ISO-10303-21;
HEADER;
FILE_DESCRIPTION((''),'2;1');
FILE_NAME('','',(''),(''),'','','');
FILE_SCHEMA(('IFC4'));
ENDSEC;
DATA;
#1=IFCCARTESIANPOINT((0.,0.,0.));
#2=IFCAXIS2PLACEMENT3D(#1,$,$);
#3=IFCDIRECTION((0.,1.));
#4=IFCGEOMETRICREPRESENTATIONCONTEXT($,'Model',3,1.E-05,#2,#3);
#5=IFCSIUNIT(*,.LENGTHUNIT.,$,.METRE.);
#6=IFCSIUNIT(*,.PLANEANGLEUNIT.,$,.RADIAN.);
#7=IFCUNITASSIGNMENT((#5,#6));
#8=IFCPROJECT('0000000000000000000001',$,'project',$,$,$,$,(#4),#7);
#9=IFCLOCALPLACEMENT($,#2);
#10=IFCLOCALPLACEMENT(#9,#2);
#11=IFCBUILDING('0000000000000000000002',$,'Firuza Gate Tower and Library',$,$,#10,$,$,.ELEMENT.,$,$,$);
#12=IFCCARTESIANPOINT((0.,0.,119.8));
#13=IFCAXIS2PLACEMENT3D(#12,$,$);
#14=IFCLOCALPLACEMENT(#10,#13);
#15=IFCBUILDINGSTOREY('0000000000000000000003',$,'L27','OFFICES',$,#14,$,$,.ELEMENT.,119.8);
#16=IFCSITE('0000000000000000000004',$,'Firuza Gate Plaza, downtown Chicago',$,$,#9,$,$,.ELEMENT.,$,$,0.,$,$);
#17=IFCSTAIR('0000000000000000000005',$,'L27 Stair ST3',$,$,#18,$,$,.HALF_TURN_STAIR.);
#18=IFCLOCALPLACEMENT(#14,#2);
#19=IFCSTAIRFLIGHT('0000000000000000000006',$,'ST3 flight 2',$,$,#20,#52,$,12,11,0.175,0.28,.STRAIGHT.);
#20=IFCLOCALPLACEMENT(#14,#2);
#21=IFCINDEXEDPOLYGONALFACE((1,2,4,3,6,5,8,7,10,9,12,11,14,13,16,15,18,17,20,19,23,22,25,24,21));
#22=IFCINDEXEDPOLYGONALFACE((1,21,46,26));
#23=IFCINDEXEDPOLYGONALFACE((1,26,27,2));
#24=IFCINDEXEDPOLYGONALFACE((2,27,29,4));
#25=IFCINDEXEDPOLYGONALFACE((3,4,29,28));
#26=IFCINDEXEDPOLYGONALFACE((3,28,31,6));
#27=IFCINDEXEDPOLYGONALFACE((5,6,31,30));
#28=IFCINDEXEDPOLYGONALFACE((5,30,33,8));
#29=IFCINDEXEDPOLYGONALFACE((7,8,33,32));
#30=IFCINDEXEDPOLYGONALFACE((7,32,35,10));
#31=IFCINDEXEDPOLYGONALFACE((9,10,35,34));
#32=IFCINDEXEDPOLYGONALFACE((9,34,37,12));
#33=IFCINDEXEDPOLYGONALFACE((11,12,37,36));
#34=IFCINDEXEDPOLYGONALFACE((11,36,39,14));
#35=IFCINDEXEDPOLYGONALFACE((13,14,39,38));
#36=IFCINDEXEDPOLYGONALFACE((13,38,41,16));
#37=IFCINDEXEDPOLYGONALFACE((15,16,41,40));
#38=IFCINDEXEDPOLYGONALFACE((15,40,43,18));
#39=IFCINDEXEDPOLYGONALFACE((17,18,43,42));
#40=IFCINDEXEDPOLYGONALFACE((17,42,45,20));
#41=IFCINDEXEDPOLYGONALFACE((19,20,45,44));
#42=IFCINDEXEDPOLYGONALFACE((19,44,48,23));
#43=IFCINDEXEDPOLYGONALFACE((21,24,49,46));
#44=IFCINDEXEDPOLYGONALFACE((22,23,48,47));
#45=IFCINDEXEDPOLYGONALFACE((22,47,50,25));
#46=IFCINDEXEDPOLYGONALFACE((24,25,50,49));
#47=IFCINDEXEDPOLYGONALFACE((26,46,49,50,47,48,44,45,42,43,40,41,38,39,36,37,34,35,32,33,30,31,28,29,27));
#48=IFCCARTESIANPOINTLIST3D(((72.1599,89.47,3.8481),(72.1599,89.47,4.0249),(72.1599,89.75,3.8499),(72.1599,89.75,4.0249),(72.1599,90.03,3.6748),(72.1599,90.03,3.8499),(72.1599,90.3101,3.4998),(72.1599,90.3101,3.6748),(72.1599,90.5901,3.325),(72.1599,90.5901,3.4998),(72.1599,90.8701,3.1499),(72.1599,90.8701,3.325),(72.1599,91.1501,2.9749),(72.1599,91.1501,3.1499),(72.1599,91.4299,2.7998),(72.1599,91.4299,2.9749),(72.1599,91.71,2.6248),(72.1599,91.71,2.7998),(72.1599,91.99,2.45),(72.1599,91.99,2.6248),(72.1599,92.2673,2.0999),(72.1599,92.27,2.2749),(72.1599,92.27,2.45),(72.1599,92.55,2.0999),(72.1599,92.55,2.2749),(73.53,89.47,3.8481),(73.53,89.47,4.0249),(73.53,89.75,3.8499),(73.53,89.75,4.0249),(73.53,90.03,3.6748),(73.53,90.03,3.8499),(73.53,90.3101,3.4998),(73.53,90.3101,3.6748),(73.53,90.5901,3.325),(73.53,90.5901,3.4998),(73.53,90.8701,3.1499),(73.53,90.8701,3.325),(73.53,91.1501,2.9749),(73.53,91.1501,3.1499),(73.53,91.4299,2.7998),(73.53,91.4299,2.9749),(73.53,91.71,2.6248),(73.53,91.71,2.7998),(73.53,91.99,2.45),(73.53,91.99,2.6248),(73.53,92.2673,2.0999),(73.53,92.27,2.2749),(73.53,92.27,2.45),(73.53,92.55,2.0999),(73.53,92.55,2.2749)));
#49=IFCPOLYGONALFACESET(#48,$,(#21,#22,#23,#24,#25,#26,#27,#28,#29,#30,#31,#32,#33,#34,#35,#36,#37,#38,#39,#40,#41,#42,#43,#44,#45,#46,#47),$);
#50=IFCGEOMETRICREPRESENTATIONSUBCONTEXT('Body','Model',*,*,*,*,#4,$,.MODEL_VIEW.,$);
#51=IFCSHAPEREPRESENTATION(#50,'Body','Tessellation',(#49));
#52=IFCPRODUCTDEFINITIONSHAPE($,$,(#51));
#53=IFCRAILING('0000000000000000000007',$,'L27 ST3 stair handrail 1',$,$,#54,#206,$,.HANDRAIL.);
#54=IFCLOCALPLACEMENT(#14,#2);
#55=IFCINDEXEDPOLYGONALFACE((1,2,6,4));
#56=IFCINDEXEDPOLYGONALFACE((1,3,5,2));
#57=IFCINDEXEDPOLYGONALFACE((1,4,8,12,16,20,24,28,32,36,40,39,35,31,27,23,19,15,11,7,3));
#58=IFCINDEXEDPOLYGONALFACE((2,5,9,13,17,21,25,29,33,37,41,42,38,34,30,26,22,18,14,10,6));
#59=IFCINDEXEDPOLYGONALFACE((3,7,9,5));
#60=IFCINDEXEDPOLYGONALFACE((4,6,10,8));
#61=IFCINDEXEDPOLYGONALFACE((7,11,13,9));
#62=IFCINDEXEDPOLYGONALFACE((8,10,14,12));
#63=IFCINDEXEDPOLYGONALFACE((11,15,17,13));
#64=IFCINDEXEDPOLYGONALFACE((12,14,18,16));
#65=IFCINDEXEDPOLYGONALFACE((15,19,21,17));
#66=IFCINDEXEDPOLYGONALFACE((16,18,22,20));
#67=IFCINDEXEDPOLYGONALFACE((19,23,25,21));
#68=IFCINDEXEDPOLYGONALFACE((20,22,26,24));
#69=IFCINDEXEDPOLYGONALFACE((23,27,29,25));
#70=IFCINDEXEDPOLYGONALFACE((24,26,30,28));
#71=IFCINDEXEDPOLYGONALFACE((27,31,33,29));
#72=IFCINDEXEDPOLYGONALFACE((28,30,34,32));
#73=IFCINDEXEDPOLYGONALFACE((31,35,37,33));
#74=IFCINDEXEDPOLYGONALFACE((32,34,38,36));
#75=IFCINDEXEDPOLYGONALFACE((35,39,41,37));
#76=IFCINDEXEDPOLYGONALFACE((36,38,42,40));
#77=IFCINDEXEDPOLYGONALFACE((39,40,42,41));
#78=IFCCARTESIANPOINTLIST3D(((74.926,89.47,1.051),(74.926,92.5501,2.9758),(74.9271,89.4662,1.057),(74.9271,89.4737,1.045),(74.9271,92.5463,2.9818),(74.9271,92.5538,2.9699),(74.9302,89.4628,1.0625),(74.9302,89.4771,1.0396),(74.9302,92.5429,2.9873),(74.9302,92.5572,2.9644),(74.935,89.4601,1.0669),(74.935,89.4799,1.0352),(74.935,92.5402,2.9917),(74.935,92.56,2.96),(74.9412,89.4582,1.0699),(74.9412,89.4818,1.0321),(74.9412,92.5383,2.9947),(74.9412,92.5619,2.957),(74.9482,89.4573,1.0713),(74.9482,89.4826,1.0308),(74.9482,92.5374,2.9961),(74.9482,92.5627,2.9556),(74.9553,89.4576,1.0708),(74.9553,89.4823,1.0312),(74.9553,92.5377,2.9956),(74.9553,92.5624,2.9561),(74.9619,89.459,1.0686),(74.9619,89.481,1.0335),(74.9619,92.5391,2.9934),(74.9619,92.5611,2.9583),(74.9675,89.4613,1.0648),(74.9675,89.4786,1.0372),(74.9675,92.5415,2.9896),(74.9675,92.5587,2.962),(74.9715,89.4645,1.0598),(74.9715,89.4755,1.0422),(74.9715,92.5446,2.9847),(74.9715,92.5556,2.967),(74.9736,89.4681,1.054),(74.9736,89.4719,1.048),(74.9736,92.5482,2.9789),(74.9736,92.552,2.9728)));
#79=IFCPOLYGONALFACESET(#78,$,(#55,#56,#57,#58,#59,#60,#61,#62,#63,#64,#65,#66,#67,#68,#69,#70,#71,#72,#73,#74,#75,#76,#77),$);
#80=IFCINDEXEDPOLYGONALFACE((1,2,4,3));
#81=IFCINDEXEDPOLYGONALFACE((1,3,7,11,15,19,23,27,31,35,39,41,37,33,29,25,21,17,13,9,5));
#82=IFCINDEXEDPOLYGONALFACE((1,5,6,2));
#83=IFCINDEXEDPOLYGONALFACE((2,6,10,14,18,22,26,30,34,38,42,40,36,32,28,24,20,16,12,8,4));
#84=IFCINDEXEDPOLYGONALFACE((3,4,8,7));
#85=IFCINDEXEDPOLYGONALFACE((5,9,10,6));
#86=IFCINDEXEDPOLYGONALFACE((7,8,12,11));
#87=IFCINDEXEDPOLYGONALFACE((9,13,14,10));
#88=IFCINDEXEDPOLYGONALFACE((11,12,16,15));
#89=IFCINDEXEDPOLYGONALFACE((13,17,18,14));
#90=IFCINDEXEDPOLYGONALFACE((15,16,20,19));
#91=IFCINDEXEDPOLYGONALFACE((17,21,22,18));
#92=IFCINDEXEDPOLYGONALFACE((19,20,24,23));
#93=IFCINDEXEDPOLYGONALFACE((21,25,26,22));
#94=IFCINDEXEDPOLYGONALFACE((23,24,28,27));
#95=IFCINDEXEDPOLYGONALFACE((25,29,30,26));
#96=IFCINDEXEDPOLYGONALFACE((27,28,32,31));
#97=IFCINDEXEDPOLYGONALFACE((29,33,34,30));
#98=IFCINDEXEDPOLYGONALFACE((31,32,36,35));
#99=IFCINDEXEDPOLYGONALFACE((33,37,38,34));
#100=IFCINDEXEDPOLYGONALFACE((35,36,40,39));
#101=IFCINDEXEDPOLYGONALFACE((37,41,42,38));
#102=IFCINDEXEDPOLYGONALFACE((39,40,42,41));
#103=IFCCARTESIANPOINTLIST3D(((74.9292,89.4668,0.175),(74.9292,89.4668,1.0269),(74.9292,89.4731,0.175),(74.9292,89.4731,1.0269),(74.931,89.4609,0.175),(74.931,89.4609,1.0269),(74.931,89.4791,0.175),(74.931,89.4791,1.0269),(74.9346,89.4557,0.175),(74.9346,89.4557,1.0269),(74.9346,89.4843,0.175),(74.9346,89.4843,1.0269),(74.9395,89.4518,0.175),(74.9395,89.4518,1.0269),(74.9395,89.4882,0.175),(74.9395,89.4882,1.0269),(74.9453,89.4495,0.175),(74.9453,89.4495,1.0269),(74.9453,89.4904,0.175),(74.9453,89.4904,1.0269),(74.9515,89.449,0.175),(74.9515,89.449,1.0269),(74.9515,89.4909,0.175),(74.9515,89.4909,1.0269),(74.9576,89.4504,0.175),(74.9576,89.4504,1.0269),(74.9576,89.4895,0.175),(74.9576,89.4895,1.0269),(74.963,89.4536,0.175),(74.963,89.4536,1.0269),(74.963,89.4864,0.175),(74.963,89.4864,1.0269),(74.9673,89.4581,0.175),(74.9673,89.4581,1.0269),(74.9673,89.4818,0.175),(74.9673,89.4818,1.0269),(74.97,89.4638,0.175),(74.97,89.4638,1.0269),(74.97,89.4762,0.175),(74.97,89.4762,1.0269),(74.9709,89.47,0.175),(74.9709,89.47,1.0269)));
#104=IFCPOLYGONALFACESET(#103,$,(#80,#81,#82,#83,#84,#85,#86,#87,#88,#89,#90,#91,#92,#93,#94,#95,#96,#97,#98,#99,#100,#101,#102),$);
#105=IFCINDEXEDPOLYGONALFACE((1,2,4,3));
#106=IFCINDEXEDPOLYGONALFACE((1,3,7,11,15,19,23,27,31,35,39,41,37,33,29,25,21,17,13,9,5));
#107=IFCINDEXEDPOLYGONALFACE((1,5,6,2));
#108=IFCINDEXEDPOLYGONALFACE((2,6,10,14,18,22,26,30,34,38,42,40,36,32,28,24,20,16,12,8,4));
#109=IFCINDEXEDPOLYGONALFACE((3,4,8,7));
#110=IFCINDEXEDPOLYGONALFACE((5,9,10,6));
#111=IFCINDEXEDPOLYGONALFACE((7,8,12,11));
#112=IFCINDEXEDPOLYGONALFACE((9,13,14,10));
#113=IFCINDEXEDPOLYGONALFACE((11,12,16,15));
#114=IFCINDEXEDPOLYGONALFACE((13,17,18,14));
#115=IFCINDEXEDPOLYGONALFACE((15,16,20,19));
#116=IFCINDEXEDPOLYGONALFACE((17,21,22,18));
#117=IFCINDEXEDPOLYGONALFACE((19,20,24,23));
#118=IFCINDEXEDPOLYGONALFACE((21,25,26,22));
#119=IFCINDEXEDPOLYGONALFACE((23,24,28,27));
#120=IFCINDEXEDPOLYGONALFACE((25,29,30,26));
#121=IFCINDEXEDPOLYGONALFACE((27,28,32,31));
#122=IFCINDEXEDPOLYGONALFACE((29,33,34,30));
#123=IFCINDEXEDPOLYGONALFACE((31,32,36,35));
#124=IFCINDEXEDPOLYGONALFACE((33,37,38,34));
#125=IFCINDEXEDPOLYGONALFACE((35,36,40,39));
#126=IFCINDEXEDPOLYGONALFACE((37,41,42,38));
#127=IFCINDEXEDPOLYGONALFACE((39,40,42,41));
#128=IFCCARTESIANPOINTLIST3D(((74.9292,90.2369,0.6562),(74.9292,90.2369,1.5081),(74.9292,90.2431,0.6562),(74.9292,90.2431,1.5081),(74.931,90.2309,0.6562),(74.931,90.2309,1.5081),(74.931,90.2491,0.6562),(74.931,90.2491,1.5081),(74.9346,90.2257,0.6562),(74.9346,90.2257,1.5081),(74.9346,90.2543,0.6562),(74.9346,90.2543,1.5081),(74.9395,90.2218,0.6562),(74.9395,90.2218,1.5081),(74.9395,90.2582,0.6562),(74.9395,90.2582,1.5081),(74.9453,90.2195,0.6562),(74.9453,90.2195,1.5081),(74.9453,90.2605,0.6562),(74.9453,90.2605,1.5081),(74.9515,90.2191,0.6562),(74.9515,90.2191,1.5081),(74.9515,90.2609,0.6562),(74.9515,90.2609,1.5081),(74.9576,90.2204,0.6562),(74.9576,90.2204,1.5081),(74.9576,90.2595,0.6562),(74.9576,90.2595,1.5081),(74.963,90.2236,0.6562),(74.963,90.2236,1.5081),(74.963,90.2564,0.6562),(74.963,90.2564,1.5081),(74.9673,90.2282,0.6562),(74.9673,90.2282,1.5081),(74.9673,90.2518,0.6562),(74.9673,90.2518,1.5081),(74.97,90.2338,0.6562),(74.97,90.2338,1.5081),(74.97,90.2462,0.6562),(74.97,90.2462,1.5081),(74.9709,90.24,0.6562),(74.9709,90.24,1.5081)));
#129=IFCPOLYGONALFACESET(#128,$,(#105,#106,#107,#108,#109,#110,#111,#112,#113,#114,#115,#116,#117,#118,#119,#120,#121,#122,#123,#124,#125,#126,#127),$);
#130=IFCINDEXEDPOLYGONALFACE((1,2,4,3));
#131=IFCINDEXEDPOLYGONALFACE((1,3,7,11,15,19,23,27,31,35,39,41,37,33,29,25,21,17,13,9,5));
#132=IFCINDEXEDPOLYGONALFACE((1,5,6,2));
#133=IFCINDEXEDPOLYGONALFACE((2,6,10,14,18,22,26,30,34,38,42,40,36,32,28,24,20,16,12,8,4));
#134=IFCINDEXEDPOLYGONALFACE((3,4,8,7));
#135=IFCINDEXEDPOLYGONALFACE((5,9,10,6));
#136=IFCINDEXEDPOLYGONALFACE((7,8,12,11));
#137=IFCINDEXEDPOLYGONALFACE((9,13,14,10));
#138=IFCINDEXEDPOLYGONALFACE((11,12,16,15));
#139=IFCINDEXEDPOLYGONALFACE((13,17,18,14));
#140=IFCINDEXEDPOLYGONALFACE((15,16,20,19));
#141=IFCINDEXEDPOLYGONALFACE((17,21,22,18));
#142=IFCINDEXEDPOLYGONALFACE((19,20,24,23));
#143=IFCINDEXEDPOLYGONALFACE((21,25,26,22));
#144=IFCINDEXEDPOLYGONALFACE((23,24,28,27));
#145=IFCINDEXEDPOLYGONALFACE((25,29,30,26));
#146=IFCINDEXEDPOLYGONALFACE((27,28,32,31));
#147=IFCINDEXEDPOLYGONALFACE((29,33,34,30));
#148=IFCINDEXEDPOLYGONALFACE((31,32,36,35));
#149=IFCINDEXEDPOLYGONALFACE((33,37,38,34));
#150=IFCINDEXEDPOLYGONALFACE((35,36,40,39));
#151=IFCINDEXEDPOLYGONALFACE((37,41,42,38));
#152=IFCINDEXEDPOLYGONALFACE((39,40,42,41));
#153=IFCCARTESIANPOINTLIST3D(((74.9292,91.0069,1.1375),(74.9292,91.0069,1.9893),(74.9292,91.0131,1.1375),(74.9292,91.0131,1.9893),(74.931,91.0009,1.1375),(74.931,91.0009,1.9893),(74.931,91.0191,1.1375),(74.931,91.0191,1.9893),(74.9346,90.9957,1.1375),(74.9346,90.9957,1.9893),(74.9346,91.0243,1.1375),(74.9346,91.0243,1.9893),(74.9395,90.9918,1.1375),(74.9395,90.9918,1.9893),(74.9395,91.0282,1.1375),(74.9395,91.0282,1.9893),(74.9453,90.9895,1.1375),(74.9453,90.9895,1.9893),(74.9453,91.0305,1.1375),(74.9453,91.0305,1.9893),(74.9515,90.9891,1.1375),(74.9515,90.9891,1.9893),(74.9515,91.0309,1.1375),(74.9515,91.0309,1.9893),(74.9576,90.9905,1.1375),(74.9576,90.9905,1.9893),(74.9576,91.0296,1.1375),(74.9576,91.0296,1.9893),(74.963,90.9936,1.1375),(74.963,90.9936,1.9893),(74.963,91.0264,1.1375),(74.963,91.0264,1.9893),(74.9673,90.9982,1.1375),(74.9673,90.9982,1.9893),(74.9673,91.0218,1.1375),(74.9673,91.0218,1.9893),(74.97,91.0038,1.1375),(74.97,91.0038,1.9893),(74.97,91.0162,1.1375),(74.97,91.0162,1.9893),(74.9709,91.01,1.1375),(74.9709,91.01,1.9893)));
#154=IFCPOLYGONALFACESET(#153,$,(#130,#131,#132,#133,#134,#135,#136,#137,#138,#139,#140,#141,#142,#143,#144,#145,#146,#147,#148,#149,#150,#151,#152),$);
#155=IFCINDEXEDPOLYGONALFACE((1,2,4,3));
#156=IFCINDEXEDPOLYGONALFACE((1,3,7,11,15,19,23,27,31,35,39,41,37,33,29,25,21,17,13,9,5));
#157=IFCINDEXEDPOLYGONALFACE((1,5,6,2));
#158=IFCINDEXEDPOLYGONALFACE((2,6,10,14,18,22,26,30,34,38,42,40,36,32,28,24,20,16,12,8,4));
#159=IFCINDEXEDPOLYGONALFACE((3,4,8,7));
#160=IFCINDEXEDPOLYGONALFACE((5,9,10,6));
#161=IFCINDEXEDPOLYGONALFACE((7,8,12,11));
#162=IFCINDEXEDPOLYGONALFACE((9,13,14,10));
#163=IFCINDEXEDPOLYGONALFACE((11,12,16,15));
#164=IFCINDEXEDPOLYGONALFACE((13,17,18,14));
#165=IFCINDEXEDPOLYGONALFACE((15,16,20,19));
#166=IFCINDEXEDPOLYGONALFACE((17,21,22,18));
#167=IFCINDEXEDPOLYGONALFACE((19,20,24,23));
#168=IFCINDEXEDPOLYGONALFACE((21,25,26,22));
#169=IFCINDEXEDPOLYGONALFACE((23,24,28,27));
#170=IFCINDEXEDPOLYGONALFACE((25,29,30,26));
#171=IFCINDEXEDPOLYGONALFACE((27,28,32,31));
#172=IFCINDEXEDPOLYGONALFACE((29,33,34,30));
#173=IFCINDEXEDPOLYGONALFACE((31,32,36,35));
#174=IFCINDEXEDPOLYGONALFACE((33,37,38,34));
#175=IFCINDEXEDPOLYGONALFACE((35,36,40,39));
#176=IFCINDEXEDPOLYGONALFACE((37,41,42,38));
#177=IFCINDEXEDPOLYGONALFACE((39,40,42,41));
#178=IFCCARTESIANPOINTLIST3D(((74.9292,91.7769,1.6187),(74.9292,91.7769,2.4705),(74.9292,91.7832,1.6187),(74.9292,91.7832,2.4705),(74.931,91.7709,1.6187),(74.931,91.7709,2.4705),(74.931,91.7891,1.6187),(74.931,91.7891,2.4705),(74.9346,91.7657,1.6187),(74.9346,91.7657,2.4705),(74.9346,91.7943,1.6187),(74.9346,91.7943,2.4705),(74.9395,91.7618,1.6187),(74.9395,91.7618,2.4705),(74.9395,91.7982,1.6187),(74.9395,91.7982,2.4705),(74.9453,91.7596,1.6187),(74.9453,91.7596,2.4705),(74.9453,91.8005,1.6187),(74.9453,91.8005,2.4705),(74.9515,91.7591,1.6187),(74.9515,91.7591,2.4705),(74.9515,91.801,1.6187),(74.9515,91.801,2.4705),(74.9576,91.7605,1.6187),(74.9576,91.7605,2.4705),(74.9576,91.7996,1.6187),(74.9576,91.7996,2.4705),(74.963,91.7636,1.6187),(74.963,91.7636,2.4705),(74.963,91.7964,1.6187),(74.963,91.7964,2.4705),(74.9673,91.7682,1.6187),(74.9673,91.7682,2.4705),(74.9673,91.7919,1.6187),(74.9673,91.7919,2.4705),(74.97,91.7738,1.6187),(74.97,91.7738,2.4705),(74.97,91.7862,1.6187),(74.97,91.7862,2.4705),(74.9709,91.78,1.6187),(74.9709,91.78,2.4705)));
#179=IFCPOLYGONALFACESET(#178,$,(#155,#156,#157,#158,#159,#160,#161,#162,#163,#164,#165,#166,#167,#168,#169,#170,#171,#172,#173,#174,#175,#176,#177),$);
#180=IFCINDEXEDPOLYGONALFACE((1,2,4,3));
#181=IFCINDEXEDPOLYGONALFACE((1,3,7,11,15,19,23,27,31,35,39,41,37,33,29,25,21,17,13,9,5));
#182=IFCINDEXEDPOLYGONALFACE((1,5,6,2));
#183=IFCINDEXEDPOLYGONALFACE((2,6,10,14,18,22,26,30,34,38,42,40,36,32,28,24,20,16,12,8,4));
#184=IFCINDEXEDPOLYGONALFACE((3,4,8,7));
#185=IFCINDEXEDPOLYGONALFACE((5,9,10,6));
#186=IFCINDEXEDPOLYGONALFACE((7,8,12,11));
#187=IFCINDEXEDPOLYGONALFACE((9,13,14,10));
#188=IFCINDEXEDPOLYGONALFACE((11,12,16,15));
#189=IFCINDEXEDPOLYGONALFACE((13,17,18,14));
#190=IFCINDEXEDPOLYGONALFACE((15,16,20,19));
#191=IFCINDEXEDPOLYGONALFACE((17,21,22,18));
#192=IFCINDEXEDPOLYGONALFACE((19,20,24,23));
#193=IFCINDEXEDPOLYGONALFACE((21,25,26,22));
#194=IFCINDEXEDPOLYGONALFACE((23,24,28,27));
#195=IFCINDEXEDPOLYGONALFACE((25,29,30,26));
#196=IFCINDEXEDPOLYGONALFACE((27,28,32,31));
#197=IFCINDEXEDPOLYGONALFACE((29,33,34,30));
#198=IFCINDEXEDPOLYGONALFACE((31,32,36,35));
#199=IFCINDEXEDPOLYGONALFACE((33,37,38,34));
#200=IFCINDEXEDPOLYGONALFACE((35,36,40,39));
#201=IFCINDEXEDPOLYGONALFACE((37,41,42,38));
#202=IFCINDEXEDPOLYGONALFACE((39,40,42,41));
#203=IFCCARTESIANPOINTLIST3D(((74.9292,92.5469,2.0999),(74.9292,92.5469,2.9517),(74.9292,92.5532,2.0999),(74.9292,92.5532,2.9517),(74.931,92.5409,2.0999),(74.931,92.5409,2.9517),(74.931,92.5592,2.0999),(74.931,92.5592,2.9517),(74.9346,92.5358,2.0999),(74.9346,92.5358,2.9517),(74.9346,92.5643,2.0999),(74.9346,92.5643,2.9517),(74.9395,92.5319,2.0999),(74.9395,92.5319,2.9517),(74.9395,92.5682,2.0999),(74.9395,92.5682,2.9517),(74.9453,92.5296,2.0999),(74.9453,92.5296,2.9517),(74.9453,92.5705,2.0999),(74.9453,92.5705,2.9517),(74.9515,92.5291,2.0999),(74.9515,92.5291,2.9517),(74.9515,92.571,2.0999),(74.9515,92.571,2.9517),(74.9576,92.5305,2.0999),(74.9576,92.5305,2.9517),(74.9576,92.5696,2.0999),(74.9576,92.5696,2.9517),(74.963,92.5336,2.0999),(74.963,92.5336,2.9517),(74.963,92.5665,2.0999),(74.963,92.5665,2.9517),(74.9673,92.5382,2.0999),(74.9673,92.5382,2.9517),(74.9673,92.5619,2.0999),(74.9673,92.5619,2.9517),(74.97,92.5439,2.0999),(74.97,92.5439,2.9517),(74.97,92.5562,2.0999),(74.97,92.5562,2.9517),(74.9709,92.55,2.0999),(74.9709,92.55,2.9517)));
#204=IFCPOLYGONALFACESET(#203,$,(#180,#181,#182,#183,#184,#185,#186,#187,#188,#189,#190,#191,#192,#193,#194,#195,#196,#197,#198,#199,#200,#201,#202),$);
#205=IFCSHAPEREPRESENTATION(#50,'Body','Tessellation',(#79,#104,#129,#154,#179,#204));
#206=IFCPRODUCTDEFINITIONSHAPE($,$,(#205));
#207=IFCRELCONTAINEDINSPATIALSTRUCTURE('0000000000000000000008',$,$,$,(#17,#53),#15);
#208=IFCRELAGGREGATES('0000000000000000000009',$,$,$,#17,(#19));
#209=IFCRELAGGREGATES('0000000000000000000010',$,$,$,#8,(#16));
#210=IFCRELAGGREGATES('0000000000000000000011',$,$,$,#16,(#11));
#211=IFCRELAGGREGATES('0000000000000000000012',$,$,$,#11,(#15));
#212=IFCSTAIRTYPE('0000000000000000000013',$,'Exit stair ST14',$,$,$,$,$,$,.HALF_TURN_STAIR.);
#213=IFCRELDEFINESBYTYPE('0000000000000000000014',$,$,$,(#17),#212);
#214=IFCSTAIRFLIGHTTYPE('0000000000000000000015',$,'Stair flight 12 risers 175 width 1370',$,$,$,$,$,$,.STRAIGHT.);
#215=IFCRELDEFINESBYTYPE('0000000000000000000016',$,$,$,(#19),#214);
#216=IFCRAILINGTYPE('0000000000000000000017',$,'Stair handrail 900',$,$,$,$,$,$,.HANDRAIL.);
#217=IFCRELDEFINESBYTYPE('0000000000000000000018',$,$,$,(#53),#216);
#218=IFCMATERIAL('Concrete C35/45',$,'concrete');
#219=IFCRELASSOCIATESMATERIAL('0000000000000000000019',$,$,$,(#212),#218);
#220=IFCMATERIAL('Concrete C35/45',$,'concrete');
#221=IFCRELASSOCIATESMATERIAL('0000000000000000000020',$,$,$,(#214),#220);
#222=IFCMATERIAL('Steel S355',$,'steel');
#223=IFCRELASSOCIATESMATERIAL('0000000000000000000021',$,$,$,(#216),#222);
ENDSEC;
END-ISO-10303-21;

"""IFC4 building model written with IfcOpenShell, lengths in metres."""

from ifc_helpers import new_model, si_unit, direction, frame, origin, origin_2d, place, context, subcontext, project, spatial, polyline, circle, outline, extrude, material, type_object, element, aggregate, save


model = new_model("IFC4")

# Units and contexts
model_context = context("Model", 3, precision=1e-05, world=origin(), true_north=direction((0.0, 1.0)))
body_context = subcontext(model_context, "Body", "Model", "MODEL_VIEW")
ifc_project = project(units=[si_unit("LENGTHUNIT", "METRE"), si_unit("PLANEANGLEUNIT", "RADIAN")], contexts=[model_context])

# Site, building, storey
site_placement = place(None, origin())
site = spatial("IfcSite", under=ifc_project, at=site_placement, Name="Firuza Gate Plaza, downtown Chicago", CompositionType="ELEMENT", RefElevation=0.0)
building_placement = place(site_placement, origin())
building = spatial("IfcBuilding", under=site, at=building_placement, Name="Firuza Gate Tower and Library", CompositionType="ELEMENT")
storey_placement = place(building_placement, frame((0.0, 0.0, 119.8)))
storey = spatial("IfcBuildingStorey", under=building, at=storey_placement, Name="L27", Description="OFFICES", CompositionType="ELEMENT", Elevation=119.8)

# Shared definitions
placement = place(storey_placement, origin())

# Stair, stair flight
ifc_material_1 = material(Name="Concrete C35/45", Category="concrete")
stair_type = type_object("IfcStairType", Name="Exit stair ST14", PredefinedType="HALF_TURN_STAIR", material=ifc_material_1)
stair = element("IfcStair", 1, at=placement, inside=storey, type_object=stair_type, Name="L27 Stair ST3", PredefinedType="HALF_TURN_STAIR")
ifc_material_2 = material(Name="Concrete C35/45", Category="concrete")
stair_flight_type = type_object("IfcStairFlightType", Name="Stair flight 12 risers 175 width 1370", PredefinedType="STRAIGHT", material=ifc_material_2)
stair_flight_1_placement = place(storey_placement, frame((72.845, 92.55, 2.0999), z_axis=(0.0, 0.0, 1.0), x_axis=(0.0, -1.0, 0.0)))
stair_flight_1 = element("IfcStairFlight", 2, at=stair_flight_1_placement, type_object=stair_flight_type, Name="ST3 flight 2", NumberOfRisers=12, NumberOfTreads=11, PredefinedType="STRAIGHT", RiserHeight=0.175, TreadLength=0.28, context=body_context, shape_type="SweptSolid", body=[
    extrude(outline(polyline([(0.0, 0.0), (0.0, 0.175), (0.28, 0.175), (0.28, 0.3501), (0.5601, 0.3501), (0.5601, 0.5249), (0.8401, 0.5249), (0.8401, 0.7), (1.1201, 0.7), (1.1201, 0.875), (1.3999, 0.875), (1.3999, 1.05), (1.6799, 1.05), (1.6799, 1.2251), (1.96, 1.2251), (1.96, 1.3999), (2.24, 1.3999), (2.24, 1.575), (2.52, 1.575), (2.52, 1.75), (2.8, 1.75), (2.8, 1.925), (3.0801, 1.925), (3.0801, 2.1001), (3.0801, 1.7483), (0.2827, 0.0), (0.0, 0.0)])), frame((0.0, 0.6851, 0.0), z_axis=(0.0, -1.0, 0.0), x_axis=(1.0, 0.0, 0.0)), (0.0, 0.0, 1.0), 1.3701),
])
aggregate(stair, [stair_flight_1])

# Railing
ifc_material_3 = material(Name="Steel S355", Category="steel")
railing_type_1 = type_object("IfcRailingType", Name="Stair handrail 900", PredefinedType="HANDRAIL", material=ifc_material_3)
railing_1_placement = place(storey_placement, frame((74.95, 89.47, 0.175)))
element("IfcRailing", 3, at=railing_1_placement, inside=storey, type_object=railing_type_1, Name="L27 ST3 stair handrail 1", PredefinedType="HANDRAIL", context=body_context, shape_type="SweptSolid", body=[
    extrude(circle(Radius=0.0239, at=origin_2d()), frame((0.0, 0.0, 0.876), z_axis=(0.0, 0.848029, 0.529951), x_axis=(-1.0, 0.0, 0.0)), (0.0, 0.0, 1.0), 3.6321),
    extrude(circle(Radius=0.021, at=origin_2d()), origin(), (0.0, 0.0, 1.0), 0.8518),
    extrude(circle(Radius=0.021, at=origin_2d()), frame((0.0, 0.77, 0.4812)), (0.0, 0.0, 1.0), 0.8518),
    extrude(circle(Radius=0.021, at=origin_2d()), frame((0.0, 1.54, 0.9624)), (0.0, 0.0, 1.0), 0.8518),
    extrude(circle(Radius=0.021, at=origin_2d()), frame((0.0, 2.3101, 1.4436)), (0.0, 0.0, 1.0), 0.8518),
    extrude(circle(Radius=0.021, at=origin_2d()), frame((0.0, 3.0801, 1.9248)), (0.0, 0.0, 1.0), 0.8518),
])

save(model, "model.ifc")
